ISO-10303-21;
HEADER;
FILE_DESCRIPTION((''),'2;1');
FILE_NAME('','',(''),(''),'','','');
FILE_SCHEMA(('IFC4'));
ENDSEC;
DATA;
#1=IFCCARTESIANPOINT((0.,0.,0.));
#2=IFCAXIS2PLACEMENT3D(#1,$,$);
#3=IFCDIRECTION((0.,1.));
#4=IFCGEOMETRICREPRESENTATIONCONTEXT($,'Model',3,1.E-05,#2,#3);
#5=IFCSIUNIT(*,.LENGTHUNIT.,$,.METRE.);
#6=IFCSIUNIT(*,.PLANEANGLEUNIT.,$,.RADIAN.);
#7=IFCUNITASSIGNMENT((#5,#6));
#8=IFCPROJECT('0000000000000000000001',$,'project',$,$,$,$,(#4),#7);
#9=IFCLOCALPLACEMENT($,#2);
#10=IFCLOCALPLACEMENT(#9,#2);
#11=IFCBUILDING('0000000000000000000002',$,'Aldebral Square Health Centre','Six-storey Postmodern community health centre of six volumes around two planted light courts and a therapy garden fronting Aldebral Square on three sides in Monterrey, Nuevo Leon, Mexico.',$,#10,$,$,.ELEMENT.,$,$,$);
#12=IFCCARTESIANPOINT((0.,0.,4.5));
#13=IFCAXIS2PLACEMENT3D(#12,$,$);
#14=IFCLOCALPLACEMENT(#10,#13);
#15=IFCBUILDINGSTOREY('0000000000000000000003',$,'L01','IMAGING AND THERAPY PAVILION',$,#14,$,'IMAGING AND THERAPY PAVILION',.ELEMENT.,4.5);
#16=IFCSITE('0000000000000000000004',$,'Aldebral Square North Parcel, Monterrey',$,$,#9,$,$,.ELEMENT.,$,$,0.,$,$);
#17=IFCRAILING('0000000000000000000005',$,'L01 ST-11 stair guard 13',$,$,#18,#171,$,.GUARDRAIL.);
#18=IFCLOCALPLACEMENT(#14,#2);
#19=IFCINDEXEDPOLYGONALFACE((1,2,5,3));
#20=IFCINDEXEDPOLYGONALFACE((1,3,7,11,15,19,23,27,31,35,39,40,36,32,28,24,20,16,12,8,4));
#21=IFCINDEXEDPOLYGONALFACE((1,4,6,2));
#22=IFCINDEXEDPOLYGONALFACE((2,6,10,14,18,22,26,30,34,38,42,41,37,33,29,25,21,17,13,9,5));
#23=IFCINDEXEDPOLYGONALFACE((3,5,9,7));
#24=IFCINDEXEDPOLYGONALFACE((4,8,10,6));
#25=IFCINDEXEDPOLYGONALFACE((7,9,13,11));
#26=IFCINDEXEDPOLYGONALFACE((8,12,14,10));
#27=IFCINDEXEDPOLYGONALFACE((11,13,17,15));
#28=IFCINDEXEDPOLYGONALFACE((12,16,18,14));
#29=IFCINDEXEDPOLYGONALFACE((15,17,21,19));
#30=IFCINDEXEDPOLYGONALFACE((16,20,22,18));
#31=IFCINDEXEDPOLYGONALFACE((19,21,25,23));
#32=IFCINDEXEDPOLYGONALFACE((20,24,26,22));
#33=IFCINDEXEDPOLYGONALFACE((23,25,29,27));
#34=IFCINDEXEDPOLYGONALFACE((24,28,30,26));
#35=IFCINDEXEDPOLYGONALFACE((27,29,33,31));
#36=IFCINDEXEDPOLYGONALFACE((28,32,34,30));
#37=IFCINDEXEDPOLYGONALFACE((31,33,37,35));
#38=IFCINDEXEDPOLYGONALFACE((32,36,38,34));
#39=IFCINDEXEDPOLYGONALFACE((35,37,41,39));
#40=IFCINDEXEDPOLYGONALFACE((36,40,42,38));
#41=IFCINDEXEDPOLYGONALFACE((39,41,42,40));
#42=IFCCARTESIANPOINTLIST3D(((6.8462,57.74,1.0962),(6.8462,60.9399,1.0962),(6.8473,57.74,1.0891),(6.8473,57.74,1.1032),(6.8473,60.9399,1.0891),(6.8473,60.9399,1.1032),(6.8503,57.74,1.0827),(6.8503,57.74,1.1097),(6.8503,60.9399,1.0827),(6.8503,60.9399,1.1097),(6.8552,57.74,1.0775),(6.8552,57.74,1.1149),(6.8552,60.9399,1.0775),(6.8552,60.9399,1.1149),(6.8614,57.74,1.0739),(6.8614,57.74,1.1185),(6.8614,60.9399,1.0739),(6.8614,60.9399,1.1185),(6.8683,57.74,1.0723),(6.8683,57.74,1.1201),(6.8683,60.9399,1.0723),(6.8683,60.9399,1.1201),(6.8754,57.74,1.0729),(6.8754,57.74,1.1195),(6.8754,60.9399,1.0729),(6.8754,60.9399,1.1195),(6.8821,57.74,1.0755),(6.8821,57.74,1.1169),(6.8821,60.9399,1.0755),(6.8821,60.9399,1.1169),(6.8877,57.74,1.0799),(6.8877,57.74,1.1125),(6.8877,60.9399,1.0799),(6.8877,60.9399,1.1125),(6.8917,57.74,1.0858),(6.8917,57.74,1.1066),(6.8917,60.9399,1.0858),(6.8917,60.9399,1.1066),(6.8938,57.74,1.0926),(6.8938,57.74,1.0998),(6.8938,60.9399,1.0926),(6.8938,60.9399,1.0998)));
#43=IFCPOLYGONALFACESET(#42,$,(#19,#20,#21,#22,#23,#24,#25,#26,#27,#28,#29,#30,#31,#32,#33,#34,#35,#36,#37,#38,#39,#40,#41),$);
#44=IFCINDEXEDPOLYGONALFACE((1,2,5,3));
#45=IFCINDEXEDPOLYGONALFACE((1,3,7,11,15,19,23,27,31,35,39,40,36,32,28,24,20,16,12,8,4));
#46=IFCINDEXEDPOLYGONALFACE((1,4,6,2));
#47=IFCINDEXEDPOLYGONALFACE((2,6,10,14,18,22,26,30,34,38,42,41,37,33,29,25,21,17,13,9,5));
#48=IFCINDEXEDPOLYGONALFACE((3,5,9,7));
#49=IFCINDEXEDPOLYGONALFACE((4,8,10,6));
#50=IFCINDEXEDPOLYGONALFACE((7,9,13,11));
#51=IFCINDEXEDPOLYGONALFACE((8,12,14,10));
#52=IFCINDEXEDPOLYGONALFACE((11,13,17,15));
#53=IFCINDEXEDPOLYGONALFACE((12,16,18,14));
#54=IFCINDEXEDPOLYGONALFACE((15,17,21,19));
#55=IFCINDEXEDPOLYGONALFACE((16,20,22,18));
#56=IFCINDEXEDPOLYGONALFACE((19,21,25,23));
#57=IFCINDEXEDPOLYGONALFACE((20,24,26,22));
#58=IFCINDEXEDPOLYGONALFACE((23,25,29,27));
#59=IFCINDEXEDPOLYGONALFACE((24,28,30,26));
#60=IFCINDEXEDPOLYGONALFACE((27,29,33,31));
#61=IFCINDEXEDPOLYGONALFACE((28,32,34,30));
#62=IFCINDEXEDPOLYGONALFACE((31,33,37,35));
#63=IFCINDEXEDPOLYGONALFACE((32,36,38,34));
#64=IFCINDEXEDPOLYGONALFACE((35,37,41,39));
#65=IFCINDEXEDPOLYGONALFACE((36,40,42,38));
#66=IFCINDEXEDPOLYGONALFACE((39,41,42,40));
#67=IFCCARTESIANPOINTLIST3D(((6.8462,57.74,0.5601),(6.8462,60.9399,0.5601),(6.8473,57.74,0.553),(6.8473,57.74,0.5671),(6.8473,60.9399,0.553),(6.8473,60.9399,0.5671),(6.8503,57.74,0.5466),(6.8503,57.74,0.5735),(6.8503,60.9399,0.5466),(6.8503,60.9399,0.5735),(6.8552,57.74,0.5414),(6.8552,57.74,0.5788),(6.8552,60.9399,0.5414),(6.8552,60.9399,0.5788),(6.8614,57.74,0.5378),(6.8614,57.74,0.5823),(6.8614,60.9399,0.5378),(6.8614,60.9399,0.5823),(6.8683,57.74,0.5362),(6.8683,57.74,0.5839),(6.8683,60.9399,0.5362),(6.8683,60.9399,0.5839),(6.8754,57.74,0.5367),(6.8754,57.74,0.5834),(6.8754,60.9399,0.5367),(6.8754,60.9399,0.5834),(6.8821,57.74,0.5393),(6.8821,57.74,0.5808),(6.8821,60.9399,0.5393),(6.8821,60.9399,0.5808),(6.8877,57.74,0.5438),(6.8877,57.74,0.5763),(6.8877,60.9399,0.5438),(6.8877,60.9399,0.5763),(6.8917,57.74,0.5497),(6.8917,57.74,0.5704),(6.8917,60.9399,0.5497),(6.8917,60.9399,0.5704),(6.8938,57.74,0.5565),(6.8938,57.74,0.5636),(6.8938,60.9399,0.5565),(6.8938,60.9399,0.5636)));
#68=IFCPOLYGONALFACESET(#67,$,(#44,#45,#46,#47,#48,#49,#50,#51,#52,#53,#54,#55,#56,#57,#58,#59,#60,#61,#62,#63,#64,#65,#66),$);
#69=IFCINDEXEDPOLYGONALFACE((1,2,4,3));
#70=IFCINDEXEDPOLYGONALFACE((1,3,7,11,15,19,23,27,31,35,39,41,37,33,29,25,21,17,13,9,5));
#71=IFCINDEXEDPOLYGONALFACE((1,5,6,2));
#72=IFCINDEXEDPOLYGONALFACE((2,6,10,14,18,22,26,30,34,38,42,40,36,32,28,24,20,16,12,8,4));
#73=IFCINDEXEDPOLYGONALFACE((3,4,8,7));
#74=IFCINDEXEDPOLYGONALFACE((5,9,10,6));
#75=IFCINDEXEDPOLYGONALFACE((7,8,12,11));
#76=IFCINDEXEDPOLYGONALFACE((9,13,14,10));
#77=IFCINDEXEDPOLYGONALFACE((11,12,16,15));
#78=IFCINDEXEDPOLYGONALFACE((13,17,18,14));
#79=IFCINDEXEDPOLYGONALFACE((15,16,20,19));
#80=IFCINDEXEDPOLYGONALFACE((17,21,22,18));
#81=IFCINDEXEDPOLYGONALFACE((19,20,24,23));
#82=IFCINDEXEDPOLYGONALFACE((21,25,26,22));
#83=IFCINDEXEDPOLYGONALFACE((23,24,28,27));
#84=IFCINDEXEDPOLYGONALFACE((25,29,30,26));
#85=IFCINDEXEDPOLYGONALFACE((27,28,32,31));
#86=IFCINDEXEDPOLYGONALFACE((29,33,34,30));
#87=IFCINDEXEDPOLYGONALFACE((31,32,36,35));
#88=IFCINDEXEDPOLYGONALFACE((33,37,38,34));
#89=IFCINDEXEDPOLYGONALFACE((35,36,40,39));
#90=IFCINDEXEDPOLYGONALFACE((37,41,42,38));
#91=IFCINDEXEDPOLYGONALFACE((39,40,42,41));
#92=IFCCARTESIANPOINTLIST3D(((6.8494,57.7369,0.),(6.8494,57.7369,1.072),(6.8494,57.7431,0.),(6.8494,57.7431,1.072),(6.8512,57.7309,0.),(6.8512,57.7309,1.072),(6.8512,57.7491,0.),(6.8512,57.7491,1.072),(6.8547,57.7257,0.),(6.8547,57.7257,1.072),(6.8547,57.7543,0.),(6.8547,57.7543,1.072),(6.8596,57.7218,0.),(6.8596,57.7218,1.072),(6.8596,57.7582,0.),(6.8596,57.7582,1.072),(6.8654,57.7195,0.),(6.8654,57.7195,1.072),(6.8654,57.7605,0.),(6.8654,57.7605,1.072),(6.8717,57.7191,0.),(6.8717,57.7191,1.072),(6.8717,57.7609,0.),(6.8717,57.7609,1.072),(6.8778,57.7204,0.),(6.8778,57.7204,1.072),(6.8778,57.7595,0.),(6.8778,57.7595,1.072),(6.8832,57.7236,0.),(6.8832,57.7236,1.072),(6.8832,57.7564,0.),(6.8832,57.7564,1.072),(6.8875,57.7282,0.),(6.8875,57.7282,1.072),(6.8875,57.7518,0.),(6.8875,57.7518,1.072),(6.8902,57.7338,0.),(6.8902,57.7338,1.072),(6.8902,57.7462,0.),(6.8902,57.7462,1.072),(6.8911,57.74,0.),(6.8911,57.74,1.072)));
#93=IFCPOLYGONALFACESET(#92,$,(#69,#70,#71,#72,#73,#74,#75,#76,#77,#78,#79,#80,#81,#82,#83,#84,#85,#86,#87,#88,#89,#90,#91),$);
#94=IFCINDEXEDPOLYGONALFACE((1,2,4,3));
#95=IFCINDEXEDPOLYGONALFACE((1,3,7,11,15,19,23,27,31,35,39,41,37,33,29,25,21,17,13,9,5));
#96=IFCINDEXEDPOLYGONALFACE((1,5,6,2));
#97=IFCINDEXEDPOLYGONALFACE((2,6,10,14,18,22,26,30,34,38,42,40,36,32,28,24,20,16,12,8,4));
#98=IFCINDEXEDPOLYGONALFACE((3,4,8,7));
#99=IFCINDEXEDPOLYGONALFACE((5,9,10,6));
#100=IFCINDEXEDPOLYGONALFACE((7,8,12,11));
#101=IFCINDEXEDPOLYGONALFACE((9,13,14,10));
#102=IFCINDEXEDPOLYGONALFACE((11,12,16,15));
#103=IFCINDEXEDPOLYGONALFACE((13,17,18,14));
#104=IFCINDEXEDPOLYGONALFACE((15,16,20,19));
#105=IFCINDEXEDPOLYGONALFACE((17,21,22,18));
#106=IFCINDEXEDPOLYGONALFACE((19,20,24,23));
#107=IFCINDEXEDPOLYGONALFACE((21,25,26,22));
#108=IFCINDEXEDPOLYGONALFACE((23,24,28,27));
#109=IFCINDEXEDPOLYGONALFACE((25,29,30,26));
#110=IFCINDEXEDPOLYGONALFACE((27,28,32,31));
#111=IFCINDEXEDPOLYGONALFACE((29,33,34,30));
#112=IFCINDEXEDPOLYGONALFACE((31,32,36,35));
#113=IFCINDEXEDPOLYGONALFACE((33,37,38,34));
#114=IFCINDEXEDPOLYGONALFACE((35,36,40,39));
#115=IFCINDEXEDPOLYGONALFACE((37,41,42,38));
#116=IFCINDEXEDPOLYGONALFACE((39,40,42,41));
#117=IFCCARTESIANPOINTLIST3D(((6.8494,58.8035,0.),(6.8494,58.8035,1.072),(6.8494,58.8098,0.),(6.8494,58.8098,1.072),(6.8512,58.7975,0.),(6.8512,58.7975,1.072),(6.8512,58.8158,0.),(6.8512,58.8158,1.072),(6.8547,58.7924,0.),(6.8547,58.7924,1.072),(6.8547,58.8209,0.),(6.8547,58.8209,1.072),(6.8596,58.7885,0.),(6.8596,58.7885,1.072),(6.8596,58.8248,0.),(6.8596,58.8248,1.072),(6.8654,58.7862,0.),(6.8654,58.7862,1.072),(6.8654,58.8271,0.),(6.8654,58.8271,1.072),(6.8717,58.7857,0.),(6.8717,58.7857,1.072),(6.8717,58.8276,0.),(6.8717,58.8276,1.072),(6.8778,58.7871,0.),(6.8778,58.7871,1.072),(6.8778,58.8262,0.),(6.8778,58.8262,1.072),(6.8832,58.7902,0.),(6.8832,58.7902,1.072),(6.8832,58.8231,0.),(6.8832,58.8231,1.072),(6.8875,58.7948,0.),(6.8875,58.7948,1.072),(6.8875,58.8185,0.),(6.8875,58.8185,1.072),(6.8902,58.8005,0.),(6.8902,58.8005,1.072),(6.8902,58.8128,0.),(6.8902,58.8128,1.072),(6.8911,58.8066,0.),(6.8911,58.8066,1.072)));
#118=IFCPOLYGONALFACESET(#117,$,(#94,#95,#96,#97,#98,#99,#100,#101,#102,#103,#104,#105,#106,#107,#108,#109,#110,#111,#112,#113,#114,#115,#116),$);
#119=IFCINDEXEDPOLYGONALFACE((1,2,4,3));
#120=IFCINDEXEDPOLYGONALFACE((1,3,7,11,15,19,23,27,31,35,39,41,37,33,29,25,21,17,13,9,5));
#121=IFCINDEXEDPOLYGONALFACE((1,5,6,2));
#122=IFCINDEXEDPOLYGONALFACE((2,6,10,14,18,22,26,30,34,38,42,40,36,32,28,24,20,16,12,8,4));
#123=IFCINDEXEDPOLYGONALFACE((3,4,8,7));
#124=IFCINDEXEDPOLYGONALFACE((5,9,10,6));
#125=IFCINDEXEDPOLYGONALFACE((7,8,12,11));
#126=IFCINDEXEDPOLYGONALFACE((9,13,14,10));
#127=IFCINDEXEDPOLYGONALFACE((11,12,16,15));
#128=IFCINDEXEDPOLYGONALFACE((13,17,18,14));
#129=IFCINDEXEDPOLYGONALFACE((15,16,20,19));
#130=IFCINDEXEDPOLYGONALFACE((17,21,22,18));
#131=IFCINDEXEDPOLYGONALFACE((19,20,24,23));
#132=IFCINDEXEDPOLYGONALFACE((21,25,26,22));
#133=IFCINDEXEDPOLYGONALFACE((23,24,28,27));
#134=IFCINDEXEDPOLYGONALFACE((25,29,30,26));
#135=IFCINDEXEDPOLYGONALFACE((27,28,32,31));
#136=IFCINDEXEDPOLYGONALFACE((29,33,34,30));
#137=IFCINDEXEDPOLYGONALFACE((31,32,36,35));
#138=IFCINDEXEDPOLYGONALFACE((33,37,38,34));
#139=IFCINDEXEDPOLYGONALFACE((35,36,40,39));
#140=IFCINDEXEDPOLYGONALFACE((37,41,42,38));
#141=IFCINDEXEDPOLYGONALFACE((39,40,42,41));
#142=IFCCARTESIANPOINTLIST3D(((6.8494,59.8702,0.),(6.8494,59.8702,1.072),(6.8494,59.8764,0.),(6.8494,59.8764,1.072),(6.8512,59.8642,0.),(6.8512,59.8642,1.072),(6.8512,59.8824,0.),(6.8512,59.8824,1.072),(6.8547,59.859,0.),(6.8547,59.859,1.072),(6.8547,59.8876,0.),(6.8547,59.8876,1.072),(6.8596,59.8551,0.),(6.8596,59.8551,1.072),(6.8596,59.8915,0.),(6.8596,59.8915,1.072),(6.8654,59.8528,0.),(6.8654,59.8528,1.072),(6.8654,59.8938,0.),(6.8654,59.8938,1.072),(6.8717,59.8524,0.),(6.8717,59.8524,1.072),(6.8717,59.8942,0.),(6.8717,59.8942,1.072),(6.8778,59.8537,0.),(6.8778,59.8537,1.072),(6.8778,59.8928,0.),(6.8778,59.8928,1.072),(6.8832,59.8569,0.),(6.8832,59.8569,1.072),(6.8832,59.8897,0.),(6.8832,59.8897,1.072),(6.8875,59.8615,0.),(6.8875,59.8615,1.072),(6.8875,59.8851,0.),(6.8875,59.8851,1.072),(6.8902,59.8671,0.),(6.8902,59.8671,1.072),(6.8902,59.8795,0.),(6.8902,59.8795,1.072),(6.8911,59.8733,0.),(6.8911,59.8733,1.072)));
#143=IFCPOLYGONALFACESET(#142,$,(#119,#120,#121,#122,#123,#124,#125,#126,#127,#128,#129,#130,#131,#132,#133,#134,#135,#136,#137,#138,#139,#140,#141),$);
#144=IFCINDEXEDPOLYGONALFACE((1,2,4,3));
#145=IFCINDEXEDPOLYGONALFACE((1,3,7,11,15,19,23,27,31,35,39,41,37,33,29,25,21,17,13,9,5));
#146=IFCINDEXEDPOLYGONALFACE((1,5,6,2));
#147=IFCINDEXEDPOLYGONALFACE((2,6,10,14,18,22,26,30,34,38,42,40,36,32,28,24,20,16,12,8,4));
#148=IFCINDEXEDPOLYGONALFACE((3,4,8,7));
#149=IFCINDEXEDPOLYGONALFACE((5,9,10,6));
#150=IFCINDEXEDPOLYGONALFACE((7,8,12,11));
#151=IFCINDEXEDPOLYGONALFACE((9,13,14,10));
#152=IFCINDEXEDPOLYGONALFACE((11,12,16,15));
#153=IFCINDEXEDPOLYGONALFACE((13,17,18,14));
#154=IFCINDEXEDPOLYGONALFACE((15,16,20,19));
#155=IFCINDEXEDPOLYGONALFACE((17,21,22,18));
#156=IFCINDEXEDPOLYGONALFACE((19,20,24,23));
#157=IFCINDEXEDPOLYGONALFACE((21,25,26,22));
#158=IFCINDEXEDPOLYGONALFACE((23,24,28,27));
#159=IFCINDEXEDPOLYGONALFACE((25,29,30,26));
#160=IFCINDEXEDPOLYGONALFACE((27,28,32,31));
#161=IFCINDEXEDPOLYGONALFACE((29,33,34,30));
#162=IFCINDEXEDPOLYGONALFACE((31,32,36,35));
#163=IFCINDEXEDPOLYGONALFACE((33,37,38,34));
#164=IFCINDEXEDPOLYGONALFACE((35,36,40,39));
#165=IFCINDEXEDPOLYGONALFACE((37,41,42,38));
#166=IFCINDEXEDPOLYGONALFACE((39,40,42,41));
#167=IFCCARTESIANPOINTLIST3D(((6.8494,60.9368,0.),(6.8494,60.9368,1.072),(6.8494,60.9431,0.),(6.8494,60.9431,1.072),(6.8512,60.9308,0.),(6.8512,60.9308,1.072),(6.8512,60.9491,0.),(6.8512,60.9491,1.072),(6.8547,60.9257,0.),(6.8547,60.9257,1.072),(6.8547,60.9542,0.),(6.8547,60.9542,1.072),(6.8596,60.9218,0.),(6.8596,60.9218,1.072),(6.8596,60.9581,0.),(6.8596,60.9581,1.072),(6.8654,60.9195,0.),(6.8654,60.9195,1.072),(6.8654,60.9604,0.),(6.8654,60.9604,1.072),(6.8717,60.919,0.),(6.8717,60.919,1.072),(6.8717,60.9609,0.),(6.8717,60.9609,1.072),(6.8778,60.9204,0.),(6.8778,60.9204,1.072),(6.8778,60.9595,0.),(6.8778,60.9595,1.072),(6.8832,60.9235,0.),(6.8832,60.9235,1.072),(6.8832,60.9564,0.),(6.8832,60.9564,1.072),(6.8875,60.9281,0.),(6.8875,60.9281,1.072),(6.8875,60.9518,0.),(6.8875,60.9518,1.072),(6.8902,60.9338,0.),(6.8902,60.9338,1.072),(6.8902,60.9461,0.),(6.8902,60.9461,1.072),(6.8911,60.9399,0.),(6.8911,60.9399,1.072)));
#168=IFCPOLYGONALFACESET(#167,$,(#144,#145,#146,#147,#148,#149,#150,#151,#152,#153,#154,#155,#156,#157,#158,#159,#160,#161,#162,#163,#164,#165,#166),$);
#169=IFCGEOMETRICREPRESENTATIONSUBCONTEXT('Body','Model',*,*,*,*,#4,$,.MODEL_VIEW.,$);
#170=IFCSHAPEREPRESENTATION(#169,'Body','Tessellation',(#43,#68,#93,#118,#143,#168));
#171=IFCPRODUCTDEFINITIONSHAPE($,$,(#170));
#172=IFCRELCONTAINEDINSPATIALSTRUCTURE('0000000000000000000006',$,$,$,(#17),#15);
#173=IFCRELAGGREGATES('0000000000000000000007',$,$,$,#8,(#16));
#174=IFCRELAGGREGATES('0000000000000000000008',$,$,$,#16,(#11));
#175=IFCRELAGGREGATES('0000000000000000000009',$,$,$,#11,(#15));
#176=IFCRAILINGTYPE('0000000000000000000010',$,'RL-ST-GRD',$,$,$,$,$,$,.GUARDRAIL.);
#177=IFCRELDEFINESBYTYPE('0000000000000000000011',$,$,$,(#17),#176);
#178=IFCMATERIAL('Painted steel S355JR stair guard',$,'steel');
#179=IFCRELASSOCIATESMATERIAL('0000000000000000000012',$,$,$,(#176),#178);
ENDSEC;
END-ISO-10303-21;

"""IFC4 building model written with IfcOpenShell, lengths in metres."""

from ifc_helpers import new_model, si_unit, direction, frame, origin, origin_2d, place, context, subcontext, project, spatial, circle, extrude, material, type_object, element, save


model = new_model("IFC4")

# Units and contexts
model_context = context("Model", 3, precision=1e-05, world=origin(), true_north=direction((0.0, 1.0)))
body_context = subcontext(model_context, "Body", "Model", "MODEL_VIEW")
ifc_project = project(units=[si_unit("LENGTHUNIT", "METRE"), si_unit("PLANEANGLEUNIT", "RADIAN")], contexts=[model_context])

# Site, building, storey
site_placement = place(None, origin())
site = spatial("IfcSite", under=ifc_project, at=site_placement, Name="Aldebral Square North Parcel, Monterrey", CompositionType="ELEMENT", RefElevation=0.0)
building_placement = place(site_placement, origin())
building = spatial("IfcBuilding", under=site, at=building_placement, Name="Aldebral Square Health Centre", Description="Six-storey Postmodern community health centre of six volumes around two planted light courts and a therapy garden fronting Aldebral Square on three sides in Monterrey, Nuevo Leon, Mexico.", CompositionType="ELEMENT")
storey_placement = place(building_placement, frame((0.0, 0.0, 4.5)))
storey = spatial("IfcBuildingStorey", under=building, at=storey_placement, Name="L01", Description="IMAGING AND THERAPY PAVILION", LongName="IMAGING AND THERAPY PAVILION", CompositionType="ELEMENT", Elevation=4.5)

# Railing
ifc_material_1 = material(Name="Painted steel S355JR stair guard", Category="steel")
railing_type_1 = type_object("IfcRailingType", Name="RL-ST-GRD", PredefinedType="GUARDRAIL", material=ifc_material_1)
railing_1_placement = place(storey_placement, frame((6.8701, 57.74, 0.0)))
element("IfcRailing", 1, at=railing_1_placement, inside=storey, type_object=railing_type_1, Name="L01 ST-11 stair guard 13", PredefinedType="GUARDRAIL", context=body_context, shape_type="SweptSolid", body=[
    extrude(circle(Radius=0.0239, at=origin_2d()), frame((0.0, 0.0, 1.0962), z_axis=(0.0, 1.0, 0.0), x_axis=(-1.0, 0.0, 0.0)), (0.0, 0.0, 1.0), 3.2),
    extrude(circle(Radius=0.0239, at=origin_2d()), frame((0.0, 0.0, 0.5601), z_axis=(0.0, 1.0, 0.0), x_axis=(-1.0, 0.0, 0.0)), (0.0, 0.0, 1.0), 3.2),
    extrude(circle(Radius=0.021, at=origin_2d()), origin(), (0.0, 0.0, 1.0), 1.072),
    extrude(circle(Radius=0.021, at=origin_2d()), frame((0.0, 1.0667, 0.0)), (0.0, 0.0, 1.0), 1.072),
    extrude(circle(Radius=0.021, at=origin_2d()), frame((0.0, 2.1333, 0.0)), (0.0, 0.0, 1.0), 1.072),
    extrude(circle(Radius=0.021, at=origin_2d()), frame((0.0, 3.2, 0.0)), (0.0, 0.0, 1.0), 1.072),
])

save(model, "model.ifc")
